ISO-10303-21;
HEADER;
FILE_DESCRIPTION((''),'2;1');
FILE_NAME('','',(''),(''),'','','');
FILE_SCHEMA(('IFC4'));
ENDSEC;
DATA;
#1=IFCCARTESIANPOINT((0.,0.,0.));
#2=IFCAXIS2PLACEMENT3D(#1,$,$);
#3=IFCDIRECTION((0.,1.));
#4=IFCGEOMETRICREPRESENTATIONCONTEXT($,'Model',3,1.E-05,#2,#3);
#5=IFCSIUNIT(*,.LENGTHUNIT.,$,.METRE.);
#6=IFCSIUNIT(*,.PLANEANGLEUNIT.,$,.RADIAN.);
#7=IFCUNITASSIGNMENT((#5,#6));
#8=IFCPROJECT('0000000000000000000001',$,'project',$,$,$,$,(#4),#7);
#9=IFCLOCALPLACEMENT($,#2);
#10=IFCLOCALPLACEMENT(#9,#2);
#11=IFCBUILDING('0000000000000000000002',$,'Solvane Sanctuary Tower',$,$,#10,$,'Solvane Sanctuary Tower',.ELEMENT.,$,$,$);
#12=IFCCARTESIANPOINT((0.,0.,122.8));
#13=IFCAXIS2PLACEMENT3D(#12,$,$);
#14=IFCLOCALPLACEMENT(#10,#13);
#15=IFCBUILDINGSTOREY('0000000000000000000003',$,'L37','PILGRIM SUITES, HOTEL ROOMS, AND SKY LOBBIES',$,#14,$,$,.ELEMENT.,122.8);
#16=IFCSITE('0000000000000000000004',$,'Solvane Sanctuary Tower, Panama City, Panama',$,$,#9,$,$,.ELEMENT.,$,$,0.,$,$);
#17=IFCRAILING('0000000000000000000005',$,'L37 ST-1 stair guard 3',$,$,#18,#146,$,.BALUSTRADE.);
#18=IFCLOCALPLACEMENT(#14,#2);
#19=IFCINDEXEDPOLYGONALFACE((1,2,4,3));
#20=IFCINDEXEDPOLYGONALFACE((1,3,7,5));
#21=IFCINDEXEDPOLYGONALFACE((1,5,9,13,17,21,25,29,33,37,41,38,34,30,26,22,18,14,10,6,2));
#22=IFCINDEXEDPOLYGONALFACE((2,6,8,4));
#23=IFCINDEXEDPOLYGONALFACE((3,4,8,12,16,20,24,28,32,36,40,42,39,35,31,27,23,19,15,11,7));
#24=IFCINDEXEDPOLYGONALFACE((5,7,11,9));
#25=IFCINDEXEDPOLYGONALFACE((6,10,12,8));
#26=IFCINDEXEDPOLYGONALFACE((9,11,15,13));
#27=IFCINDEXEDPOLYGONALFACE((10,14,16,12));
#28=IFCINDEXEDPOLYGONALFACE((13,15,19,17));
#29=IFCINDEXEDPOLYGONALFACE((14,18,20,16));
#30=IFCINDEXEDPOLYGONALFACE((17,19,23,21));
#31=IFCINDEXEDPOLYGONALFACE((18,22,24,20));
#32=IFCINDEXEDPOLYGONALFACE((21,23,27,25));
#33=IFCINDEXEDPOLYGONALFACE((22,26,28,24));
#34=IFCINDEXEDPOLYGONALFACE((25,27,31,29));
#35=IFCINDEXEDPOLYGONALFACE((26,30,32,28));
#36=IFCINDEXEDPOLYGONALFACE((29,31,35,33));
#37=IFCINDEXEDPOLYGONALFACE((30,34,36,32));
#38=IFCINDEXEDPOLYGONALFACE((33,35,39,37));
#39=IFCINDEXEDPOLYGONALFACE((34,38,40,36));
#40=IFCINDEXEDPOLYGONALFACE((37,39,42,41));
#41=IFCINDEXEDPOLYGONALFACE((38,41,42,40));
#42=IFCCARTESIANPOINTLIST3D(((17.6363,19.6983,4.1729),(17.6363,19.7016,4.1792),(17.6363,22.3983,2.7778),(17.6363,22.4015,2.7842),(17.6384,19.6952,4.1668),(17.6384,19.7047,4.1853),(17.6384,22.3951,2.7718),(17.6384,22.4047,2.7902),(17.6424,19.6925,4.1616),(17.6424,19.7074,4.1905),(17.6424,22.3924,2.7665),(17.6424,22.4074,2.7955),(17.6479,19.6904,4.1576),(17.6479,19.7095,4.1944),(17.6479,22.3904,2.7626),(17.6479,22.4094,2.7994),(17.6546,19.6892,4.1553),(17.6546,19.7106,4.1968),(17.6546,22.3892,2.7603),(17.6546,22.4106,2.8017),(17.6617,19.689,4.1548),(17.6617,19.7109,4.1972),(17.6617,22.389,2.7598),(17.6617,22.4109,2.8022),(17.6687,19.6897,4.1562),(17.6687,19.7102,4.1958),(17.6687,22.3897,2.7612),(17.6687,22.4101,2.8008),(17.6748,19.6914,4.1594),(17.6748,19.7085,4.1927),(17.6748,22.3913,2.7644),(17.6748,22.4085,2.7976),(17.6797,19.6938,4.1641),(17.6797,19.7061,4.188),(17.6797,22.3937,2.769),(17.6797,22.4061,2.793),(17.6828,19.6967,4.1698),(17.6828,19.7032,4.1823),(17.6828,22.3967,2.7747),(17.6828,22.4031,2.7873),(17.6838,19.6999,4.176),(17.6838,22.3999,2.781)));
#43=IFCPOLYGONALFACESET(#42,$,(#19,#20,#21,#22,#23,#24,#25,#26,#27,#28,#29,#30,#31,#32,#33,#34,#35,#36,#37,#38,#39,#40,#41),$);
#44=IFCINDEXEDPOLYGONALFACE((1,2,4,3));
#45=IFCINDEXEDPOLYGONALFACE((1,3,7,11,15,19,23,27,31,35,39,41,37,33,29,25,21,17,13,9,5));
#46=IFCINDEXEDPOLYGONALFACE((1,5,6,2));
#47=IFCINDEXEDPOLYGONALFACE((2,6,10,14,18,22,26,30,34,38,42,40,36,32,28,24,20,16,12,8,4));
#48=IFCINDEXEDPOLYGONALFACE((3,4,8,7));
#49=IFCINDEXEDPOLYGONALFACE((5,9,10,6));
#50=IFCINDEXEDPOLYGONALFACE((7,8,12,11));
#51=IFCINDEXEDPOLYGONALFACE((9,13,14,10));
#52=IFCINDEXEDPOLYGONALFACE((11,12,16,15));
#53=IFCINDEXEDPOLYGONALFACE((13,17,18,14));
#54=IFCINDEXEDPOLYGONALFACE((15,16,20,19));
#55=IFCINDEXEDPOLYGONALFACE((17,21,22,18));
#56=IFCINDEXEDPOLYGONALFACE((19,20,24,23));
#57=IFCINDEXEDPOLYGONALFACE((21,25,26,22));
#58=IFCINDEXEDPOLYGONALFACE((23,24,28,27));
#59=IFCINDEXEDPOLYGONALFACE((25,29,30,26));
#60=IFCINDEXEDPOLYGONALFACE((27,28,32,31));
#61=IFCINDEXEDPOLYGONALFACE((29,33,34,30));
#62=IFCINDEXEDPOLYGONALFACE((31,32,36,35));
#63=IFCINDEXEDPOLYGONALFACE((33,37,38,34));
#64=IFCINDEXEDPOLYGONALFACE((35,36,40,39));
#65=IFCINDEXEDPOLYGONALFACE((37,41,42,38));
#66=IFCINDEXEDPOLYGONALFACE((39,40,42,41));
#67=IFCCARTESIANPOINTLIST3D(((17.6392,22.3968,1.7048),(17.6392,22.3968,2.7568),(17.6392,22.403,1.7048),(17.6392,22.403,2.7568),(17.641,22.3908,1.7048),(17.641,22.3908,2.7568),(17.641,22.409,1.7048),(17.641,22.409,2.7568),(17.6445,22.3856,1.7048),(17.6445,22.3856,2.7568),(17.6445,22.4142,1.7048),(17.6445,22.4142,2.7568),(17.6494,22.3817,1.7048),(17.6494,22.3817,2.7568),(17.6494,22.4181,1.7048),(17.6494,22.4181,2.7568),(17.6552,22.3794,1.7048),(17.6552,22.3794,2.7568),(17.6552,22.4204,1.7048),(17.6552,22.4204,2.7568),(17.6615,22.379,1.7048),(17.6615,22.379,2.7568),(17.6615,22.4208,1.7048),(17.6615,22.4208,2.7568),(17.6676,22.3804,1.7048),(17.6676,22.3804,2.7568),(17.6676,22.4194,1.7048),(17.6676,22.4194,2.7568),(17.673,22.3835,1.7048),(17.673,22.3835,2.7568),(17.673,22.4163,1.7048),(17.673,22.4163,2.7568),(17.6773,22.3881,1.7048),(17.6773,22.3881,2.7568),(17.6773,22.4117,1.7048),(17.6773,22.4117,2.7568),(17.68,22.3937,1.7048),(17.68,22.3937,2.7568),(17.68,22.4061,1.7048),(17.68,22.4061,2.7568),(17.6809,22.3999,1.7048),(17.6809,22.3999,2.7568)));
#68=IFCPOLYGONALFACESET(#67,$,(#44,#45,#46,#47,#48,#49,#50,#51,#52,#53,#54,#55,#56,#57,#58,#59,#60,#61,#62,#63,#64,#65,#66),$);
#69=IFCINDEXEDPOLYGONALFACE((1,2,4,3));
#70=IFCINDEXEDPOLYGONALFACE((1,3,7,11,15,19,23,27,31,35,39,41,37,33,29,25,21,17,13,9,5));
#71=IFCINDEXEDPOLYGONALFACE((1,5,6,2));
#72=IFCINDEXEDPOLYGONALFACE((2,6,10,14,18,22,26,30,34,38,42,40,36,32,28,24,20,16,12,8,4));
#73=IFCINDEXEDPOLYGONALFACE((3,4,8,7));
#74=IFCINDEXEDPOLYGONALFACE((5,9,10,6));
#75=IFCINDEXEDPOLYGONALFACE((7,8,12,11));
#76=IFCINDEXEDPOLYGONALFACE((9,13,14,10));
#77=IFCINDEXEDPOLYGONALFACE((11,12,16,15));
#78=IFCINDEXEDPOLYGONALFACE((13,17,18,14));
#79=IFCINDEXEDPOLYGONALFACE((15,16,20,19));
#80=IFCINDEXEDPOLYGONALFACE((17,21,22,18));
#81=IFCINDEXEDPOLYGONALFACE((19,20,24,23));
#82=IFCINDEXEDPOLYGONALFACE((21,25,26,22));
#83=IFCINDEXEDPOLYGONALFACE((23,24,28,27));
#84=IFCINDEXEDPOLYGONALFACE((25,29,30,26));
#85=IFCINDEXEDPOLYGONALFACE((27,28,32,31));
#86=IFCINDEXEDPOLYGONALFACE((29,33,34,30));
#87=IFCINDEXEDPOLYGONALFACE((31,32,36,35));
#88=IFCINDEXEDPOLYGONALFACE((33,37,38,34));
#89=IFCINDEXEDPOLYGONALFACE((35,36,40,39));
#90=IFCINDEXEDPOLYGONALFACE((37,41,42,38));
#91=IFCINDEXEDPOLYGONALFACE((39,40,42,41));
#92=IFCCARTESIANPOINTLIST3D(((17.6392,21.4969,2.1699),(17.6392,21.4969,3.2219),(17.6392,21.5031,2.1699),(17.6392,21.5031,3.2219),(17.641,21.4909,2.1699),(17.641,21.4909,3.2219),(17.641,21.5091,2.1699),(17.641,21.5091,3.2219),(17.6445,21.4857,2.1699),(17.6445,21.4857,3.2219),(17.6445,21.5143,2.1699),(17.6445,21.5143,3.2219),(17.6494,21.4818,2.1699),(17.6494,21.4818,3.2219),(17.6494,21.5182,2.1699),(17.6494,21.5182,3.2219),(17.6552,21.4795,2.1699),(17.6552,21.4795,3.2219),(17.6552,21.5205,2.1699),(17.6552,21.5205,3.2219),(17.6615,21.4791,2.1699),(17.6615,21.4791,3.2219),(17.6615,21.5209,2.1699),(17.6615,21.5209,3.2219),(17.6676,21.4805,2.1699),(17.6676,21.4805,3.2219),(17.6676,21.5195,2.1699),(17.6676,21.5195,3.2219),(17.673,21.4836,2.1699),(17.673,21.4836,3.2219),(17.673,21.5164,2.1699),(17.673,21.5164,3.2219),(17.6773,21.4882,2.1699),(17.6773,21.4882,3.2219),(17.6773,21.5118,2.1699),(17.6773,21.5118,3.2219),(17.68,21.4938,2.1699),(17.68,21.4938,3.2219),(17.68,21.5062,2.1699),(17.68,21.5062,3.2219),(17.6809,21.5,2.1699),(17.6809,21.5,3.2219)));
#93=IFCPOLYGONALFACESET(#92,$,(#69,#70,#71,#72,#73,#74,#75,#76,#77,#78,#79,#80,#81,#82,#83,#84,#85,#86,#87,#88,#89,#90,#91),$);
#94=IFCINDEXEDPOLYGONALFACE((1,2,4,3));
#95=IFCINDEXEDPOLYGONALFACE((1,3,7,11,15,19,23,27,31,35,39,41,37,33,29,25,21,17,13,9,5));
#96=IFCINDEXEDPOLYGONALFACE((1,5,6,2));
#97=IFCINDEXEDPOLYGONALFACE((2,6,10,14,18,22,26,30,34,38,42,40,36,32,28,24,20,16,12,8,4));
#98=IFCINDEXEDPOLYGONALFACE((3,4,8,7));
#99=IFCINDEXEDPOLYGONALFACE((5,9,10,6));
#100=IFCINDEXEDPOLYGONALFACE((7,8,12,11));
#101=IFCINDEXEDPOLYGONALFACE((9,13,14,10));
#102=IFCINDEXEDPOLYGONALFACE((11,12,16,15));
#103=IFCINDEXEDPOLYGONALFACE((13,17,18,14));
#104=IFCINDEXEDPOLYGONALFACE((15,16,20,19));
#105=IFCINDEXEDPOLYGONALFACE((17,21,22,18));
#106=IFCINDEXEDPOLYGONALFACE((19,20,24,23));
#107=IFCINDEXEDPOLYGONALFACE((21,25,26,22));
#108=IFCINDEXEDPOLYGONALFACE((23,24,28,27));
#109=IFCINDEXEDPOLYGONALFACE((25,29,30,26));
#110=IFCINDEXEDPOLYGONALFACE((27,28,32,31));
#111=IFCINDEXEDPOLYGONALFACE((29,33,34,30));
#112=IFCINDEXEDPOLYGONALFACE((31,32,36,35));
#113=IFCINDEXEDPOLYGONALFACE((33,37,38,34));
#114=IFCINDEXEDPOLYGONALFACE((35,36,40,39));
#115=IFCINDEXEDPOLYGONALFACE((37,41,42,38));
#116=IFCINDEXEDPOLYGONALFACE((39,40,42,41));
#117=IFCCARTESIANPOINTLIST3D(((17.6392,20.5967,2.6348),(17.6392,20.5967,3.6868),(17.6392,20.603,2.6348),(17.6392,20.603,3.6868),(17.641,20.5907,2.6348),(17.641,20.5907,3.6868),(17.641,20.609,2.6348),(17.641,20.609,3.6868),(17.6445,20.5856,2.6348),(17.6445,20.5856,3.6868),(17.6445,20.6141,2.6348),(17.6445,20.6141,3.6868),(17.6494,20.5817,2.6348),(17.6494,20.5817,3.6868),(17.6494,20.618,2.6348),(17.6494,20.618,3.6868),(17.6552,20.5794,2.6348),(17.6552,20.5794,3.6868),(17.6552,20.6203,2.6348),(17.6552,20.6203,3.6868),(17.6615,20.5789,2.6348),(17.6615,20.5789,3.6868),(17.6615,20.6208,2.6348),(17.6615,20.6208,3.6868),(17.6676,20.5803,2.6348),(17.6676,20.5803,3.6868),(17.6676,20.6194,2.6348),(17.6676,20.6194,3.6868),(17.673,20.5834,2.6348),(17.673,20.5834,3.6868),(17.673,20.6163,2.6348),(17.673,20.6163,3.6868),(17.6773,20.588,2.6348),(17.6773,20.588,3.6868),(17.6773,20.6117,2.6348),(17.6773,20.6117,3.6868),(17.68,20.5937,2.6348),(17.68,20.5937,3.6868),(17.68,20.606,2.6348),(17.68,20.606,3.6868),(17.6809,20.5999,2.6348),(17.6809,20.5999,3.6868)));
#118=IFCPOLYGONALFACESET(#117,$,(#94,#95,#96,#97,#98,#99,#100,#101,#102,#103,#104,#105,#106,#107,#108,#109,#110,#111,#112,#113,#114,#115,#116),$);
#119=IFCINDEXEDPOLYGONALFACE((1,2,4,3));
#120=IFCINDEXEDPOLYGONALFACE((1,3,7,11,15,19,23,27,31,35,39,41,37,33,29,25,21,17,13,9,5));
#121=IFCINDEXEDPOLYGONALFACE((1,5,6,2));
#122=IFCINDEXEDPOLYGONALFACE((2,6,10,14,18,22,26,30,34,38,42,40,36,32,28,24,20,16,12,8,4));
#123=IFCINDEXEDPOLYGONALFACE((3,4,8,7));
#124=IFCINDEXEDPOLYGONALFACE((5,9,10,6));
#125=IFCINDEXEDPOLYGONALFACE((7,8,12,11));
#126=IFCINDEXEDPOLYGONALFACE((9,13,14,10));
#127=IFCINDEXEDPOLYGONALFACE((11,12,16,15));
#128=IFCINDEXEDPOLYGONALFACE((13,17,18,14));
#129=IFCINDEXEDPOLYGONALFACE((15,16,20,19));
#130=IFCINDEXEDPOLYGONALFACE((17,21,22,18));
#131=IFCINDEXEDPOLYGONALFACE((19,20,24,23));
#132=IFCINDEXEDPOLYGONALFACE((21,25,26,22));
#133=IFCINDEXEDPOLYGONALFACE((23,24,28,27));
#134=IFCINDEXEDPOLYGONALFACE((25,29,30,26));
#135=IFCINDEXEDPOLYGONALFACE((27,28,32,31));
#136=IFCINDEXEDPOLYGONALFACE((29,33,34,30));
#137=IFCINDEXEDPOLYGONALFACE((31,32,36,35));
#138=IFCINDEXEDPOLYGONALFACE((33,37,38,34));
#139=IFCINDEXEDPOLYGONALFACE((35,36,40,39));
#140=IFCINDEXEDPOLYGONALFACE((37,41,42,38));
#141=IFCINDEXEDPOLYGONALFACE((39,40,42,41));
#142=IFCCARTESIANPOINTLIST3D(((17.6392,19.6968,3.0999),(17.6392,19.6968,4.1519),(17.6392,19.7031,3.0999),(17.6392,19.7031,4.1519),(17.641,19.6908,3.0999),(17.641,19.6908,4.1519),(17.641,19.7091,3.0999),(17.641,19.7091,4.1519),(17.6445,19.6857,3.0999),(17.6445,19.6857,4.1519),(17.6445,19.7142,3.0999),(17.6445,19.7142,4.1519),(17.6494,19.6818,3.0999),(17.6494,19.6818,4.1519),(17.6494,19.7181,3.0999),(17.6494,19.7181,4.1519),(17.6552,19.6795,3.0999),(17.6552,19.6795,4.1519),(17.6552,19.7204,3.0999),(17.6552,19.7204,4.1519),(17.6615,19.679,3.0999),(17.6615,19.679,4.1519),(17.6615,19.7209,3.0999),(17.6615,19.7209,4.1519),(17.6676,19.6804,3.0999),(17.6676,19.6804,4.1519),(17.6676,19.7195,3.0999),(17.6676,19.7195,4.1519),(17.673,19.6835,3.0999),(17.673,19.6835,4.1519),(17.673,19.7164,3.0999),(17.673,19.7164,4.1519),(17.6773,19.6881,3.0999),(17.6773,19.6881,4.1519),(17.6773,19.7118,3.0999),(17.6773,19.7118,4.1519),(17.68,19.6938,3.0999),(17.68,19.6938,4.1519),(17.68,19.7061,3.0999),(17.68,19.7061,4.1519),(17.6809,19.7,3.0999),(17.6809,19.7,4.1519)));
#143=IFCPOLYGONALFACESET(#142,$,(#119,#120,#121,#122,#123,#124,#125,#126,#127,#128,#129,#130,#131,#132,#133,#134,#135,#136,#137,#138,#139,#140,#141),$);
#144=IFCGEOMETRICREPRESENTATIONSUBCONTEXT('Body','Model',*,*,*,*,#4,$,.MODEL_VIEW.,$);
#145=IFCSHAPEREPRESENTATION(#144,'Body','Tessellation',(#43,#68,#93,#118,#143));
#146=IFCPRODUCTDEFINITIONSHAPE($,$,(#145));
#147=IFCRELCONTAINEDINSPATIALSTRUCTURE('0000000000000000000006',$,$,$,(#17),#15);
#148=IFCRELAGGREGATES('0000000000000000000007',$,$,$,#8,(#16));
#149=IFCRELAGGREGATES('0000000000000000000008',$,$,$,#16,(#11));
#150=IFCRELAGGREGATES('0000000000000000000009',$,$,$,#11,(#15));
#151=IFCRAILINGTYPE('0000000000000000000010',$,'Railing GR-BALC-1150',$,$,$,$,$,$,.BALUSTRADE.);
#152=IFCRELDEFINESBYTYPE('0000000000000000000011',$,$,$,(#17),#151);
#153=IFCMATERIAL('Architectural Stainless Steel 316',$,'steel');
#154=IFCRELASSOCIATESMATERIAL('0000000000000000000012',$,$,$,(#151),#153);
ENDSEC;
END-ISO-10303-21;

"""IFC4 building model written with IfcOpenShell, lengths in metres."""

from ifc_helpers import new_model, si_unit, direction, frame, origin, origin_2d, place, context, subcontext, project, spatial, circle, extrude, material, type_object, element, save


model = new_model("IFC4")

# Units and contexts
model_context = context("Model", 3, precision=1e-05, world=origin(), true_north=direction((0.0, 1.0)))
body_context = subcontext(model_context, "Body", "Model", "MODEL_VIEW")
ifc_project = project(units=[si_unit("LENGTHUNIT", "METRE"), si_unit("PLANEANGLEUNIT", "RADIAN")], contexts=[model_context])

# Site, building, storey
site_placement = place(None, origin())
site = spatial("IfcSite", under=ifc_project, at=site_placement, Name="Solvane Sanctuary Tower, Panama City, Panama", CompositionType="ELEMENT", RefElevation=0.0)
building_placement = place(site_placement, origin())
building = spatial("IfcBuilding", under=site, at=building_placement, Name="Solvane Sanctuary Tower", LongName="Solvane Sanctuary Tower", CompositionType="ELEMENT")
storey_placement = place(building_placement, frame((0.0, 0.0, 122.8)))
storey = spatial("IfcBuildingStorey", under=building, at=storey_placement, Name="L37", Description="PILGRIM SUITES, HOTEL ROOMS, AND SKY LOBBIES", CompositionType="ELEMENT", Elevation=122.8)

# Shared definitions
ifc_material_1 = material(Name="Architectural Stainless Steel 316", Category="steel")

# Railing
railing_type_1 = type_object("IfcRailingType", Name="Railing GR-BALC-1150", PredefinedType="BALUSTRADE", material=ifc_material_1)
railing_1_placement = place(storey_placement, frame((17.6599, 22.3999, 1.7048)))
element("IfcRailing", 1, at=railing_1_placement, inside=storey, type_object=railing_type_1, Name="L37 ST-1 stair guard 3", PredefinedType="BALUSTRADE", context=body_context, shape_type="SweptSolid", body=[
    extrude(circle(Radius=0.0239, at=origin_2d()), frame((0.0, 0.0, 1.0762), z_axis=(0.0, -0.88842, 0.459032), x_axis=(1.0, 0.0, 0.0)), (0.0, 0.0, 1.0), 3.0391),
    extrude(circle(Radius=0.021, at=origin_2d()), origin(), (0.0, 0.0, 1.0), 1.052),
    extrude(circle(Radius=0.021, at=origin_2d()), frame((0.0, -0.8999, 0.4651)), (0.0, 0.0, 1.0), 1.052),
    extrude(circle(Radius=0.021, at=origin_2d()), frame((0.0, -1.8, 0.9299)), (0.0, 0.0, 1.0), 1.052),
    extrude(circle(Radius=0.021, at=origin_2d()), frame((0.0, -2.7, 1.395)), (0.0, 0.0, 1.0), 1.052),
])

save(model, "model.ifc")
